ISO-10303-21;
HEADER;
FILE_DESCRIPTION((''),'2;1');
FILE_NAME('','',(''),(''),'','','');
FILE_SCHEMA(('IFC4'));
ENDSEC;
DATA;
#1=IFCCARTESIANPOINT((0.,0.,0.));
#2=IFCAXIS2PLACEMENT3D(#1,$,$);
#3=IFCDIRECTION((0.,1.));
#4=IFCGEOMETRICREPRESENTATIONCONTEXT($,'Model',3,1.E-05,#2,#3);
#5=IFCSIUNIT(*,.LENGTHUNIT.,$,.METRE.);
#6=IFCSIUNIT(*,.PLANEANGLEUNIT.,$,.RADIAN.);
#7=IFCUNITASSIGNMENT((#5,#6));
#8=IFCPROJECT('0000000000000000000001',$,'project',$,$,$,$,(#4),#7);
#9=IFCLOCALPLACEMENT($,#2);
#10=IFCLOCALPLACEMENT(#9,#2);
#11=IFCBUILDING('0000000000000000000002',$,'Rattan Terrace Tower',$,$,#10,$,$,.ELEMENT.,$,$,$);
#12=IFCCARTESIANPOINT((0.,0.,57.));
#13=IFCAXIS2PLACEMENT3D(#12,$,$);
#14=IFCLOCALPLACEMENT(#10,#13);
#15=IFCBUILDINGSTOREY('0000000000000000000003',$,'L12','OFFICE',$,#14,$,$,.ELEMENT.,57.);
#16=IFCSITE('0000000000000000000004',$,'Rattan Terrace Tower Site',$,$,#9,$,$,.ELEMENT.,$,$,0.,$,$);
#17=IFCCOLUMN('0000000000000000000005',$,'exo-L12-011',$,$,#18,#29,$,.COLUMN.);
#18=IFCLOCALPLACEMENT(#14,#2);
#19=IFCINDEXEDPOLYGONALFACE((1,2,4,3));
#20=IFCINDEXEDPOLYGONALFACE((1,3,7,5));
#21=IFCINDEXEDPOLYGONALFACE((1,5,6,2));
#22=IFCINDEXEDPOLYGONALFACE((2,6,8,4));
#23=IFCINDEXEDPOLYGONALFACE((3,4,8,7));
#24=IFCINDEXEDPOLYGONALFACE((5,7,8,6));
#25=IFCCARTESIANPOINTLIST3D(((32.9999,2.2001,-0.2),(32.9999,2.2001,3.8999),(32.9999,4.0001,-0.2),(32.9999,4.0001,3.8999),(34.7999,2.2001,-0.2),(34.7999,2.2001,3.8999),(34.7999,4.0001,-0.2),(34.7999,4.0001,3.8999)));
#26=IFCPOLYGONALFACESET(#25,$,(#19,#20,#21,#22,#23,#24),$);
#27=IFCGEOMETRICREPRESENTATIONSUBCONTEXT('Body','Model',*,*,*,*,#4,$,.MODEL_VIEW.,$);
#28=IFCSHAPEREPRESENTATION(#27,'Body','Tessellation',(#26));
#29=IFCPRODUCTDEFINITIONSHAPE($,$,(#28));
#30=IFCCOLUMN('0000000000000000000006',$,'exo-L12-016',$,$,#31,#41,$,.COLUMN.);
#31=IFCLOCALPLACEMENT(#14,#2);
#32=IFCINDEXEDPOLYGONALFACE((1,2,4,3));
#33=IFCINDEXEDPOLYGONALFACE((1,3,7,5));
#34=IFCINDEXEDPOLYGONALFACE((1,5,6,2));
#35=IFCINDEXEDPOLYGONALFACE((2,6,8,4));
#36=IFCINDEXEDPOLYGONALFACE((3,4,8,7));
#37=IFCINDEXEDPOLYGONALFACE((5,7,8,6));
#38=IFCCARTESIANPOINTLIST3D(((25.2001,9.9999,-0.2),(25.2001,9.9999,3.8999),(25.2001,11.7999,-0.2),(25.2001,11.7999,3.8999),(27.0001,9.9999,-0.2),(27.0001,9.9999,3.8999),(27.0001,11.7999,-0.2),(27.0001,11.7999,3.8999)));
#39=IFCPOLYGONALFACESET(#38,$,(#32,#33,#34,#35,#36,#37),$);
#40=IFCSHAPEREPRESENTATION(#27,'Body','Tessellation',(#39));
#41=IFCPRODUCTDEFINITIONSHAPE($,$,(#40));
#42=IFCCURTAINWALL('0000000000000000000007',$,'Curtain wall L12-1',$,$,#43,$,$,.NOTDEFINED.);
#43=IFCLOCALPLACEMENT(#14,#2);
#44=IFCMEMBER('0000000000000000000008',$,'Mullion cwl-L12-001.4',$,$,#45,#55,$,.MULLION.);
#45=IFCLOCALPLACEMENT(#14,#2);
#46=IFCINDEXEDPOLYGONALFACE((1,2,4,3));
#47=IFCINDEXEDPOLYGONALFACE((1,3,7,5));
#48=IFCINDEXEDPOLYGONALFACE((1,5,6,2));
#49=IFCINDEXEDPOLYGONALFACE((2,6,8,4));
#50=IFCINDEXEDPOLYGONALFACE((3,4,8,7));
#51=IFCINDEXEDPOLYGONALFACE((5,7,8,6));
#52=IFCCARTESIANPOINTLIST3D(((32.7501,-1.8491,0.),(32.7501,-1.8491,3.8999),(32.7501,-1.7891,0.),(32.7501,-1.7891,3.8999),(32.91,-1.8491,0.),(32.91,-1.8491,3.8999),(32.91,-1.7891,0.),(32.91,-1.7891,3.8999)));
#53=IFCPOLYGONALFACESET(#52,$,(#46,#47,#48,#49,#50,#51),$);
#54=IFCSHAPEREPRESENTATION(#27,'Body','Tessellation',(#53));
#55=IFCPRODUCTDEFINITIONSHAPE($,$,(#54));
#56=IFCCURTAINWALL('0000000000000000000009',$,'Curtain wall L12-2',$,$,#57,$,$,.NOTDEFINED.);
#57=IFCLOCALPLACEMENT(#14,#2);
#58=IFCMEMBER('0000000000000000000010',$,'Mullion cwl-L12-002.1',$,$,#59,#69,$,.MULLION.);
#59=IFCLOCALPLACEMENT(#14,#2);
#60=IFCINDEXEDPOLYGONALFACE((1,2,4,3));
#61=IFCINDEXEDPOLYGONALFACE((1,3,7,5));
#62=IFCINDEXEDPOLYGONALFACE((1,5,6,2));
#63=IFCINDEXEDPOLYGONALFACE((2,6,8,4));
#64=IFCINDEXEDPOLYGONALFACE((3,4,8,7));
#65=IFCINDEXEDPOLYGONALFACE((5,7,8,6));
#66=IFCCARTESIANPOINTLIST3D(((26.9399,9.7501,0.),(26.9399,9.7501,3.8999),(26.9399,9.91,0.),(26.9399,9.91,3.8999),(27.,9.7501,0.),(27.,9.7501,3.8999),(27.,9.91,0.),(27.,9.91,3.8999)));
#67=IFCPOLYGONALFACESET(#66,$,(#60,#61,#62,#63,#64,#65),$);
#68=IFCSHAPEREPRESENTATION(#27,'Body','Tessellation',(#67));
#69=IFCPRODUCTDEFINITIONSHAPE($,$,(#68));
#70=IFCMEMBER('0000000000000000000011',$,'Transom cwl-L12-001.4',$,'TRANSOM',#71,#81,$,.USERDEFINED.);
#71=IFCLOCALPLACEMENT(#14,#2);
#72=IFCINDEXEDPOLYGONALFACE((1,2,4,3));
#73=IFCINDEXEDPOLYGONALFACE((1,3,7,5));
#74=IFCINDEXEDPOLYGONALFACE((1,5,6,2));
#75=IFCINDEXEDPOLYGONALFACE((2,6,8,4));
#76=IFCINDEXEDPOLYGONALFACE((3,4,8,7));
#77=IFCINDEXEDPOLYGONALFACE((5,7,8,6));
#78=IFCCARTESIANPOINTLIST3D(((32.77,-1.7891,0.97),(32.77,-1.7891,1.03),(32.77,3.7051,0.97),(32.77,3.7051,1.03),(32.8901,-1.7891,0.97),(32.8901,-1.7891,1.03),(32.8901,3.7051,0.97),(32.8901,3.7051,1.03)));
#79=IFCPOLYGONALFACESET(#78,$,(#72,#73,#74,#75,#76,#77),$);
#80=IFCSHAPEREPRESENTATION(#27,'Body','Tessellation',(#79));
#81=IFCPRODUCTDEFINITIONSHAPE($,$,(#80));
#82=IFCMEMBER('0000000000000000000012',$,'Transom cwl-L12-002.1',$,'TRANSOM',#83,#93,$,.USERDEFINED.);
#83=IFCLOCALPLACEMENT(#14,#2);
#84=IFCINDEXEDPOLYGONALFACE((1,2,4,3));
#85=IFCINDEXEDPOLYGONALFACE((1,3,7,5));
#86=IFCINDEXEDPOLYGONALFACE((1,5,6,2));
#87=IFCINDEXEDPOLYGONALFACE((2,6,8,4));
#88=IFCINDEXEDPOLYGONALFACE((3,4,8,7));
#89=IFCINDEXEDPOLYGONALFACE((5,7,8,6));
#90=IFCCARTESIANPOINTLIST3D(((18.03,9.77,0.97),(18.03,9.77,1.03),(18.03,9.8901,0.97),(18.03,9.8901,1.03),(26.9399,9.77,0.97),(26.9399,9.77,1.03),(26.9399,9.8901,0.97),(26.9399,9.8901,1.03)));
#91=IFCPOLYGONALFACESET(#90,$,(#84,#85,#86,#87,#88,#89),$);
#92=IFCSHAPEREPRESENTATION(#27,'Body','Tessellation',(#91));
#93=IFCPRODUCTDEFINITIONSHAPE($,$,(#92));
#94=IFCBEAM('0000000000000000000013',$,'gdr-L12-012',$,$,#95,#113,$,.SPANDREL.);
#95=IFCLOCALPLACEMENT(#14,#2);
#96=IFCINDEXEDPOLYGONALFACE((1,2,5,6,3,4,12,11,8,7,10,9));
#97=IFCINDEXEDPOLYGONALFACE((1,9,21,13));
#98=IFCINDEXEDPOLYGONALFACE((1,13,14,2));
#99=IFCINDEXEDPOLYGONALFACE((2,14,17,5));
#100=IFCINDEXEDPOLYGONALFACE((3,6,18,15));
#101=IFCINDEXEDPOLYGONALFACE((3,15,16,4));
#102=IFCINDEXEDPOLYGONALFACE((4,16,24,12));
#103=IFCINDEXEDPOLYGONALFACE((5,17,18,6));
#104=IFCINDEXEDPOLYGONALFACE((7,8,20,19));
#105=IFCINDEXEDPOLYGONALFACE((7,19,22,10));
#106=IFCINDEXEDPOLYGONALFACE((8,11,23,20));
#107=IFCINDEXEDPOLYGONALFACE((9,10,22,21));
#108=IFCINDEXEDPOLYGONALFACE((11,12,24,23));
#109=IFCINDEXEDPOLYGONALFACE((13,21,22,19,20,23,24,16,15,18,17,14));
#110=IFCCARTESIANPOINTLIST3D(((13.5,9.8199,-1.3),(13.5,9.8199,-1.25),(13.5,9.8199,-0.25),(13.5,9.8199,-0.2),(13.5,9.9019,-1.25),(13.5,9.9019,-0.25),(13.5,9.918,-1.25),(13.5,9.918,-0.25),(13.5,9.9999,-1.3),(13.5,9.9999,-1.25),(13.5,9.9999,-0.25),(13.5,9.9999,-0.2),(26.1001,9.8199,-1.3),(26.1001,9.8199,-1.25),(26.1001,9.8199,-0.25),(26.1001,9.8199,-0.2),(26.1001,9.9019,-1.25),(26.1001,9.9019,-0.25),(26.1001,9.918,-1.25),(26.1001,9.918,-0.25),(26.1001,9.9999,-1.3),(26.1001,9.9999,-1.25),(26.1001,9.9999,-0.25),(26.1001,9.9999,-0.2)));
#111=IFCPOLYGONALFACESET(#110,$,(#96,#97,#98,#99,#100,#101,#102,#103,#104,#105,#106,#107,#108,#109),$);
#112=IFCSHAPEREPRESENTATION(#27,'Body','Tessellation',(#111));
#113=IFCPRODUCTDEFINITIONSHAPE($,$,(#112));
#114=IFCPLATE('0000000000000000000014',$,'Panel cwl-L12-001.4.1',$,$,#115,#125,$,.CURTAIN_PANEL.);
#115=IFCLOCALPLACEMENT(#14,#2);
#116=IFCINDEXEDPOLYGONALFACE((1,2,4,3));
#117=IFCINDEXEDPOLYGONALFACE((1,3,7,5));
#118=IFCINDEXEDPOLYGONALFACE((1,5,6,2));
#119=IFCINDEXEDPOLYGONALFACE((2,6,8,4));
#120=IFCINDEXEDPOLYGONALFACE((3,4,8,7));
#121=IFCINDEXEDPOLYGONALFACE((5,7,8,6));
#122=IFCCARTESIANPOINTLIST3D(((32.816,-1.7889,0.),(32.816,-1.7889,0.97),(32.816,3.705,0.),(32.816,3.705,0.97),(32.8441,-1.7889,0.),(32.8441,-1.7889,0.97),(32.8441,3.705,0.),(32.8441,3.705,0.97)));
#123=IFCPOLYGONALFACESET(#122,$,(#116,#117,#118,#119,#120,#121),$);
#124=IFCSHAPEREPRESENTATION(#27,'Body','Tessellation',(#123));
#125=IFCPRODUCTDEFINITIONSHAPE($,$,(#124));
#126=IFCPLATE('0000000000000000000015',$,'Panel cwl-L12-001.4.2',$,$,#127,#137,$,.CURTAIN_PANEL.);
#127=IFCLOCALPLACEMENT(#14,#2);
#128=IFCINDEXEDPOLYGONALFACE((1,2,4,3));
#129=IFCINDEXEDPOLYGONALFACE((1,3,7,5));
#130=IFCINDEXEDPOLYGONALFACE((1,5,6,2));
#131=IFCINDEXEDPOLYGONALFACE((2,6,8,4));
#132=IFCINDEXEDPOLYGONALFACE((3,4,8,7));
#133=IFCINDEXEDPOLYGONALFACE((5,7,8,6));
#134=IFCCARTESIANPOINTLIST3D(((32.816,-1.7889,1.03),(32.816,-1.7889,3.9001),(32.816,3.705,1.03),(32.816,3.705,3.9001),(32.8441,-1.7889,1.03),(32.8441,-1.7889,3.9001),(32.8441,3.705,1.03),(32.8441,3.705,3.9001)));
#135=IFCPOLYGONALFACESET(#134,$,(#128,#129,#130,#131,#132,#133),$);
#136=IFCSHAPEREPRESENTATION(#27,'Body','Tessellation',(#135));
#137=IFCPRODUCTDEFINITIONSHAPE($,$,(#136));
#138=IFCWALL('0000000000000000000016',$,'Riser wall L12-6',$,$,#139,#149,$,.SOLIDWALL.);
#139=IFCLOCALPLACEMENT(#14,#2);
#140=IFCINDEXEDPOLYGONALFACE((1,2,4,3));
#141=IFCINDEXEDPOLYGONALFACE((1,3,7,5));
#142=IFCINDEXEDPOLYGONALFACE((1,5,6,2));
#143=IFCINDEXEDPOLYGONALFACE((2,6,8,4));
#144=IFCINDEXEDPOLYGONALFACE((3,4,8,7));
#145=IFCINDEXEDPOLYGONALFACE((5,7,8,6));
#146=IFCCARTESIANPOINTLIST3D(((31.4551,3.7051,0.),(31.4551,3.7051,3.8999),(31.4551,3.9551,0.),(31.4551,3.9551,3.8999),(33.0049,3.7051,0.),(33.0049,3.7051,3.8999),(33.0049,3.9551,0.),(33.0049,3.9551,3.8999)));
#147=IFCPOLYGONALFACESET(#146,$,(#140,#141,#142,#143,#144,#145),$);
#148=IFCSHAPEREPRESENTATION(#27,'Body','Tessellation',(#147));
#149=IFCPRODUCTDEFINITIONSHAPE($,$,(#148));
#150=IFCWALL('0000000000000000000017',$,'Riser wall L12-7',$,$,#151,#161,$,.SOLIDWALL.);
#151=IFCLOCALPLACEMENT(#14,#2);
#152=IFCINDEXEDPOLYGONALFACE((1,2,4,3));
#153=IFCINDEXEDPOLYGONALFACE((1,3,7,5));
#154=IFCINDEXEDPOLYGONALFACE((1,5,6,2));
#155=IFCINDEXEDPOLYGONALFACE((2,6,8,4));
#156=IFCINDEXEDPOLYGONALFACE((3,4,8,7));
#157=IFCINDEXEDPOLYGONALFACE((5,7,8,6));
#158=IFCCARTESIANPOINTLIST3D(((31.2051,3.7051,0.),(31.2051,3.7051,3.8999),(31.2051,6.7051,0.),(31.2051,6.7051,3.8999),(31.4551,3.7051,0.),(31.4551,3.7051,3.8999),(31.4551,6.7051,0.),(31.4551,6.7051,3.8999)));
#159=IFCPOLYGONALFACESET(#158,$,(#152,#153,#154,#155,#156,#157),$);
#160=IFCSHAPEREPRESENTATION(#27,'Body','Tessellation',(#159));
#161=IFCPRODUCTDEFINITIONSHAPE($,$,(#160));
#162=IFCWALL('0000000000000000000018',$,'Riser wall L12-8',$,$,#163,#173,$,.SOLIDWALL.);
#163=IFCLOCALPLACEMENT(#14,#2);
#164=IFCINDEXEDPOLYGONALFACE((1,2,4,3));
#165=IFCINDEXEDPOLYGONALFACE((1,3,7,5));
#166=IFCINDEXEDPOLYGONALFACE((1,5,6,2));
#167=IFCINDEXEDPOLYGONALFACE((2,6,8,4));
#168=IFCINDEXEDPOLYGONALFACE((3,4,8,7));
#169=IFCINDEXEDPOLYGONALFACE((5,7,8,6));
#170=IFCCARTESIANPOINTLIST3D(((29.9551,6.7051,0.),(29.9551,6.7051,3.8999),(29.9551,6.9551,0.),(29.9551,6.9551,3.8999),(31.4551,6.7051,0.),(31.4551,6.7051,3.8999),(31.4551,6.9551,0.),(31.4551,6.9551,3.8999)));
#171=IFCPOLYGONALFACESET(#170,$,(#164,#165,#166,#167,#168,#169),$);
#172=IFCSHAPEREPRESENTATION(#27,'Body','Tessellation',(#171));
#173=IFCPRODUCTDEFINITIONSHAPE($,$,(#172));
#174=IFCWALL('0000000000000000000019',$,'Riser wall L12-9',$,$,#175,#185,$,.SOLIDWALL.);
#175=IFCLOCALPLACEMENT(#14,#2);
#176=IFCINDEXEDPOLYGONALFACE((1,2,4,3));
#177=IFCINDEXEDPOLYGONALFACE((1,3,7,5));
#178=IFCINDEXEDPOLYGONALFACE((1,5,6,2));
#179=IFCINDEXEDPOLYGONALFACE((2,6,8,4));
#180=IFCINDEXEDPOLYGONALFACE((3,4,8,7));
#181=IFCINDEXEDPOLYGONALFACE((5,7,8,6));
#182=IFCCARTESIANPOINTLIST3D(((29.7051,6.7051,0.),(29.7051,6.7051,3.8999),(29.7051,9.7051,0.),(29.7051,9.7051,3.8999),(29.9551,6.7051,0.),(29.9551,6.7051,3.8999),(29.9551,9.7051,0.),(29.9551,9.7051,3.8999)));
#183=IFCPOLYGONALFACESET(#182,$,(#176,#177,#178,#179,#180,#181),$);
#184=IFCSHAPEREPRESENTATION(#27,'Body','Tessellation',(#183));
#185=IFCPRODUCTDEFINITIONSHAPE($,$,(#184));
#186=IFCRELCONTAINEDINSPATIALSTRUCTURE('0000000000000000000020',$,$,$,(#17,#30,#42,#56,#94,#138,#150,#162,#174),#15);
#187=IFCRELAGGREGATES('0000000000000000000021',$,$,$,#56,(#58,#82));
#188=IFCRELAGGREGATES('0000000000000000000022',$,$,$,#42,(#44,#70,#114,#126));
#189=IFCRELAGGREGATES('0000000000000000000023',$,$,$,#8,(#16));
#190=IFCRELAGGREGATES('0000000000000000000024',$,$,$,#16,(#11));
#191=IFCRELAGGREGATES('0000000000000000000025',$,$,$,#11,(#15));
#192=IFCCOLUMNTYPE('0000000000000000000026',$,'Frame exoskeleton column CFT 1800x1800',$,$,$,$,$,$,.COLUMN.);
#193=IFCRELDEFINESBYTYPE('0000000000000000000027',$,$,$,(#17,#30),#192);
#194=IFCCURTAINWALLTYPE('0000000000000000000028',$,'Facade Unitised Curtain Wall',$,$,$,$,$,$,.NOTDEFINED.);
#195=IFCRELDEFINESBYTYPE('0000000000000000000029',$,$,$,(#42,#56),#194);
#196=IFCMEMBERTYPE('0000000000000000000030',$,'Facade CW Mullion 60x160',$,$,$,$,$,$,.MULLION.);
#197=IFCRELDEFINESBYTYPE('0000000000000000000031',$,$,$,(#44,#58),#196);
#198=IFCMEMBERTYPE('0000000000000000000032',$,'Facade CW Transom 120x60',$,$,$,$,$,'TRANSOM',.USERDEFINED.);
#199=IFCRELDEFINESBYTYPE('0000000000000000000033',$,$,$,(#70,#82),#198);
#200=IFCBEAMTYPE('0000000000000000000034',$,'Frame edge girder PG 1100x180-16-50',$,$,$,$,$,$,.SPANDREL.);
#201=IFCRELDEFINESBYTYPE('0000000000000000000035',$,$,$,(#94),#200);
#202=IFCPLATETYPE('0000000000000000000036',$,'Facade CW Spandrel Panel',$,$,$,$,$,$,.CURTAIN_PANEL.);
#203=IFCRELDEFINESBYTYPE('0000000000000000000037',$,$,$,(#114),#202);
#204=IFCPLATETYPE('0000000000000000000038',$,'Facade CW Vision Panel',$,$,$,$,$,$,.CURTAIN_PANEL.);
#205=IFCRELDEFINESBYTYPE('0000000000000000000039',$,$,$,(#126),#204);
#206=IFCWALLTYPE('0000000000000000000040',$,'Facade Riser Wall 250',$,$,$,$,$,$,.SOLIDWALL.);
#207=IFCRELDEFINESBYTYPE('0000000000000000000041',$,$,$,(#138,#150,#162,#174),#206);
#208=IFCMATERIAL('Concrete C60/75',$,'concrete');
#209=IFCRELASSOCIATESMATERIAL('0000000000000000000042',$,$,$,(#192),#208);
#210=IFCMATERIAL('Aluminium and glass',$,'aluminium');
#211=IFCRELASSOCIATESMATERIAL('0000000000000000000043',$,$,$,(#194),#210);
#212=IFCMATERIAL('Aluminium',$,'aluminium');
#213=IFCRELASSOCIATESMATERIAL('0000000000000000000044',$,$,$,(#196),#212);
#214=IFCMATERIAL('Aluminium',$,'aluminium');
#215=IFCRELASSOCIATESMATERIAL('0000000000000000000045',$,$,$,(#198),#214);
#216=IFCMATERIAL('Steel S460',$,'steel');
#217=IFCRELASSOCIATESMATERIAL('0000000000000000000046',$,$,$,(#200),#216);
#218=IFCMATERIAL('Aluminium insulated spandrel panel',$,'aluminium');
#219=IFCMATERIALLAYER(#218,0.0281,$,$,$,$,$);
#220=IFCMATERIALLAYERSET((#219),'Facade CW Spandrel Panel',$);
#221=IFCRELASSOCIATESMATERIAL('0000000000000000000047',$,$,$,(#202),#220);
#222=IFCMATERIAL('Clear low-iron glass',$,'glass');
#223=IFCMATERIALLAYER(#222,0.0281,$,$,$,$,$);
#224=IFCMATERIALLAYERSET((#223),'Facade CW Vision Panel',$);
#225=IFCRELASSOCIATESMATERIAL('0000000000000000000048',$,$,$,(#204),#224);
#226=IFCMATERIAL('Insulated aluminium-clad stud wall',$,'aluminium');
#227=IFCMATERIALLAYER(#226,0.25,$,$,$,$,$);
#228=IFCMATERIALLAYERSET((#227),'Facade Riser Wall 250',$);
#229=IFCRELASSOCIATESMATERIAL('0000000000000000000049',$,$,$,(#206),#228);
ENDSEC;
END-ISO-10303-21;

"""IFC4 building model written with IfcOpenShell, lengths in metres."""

from ifc_helpers import new_model, si_unit, direction, frame, frame_2d, origin, origin_2d, place, context, subcontext, project, spatial, rectangle, i_section, extrude, material, layer, layer_set, material_profile, profile_set, type_object, element, aggregate, save


model = new_model("IFC4")

# Units and contexts
model_context = context("Model", 3, precision=1e-05, world=origin(), true_north=direction((0.0, 1.0)))
body_context = subcontext(model_context, "Body", "Model", "MODEL_VIEW")
ifc_project = project(units=[si_unit("LENGTHUNIT", "METRE"), si_unit("PLANEANGLEUNIT", "RADIAN")], contexts=[model_context])

# Site, building, storey
site_placement = place(None, origin())
site = spatial("IfcSite", under=ifc_project, at=site_placement, Name="Rattan Terrace Tower Site", CompositionType="ELEMENT", RefElevation=0.0)
building_placement = place(site_placement, origin())
building = spatial("IfcBuilding", under=site, at=building_placement, Name="Rattan Terrace Tower", CompositionType="ELEMENT")
storey_placement = place(building_placement, frame((0.0, 0.0, 57.0)))
storey = spatial("IfcBuildingStorey", under=building, at=storey_placement, Name="L12", Description="OFFICE", CompositionType="ELEMENT", Elevation=57.0)

# Columns
ifc_material_1 = material(Name="Concrete C60/75", Category="concrete")
ifc_material_profile_1 = material_profile(ifc_material_1, rectangle(XDim=1.8, YDim=1.8, at=origin_2d()), Name="CFT 1800x1800")
ifc_profile_set_1 = profile_set([ifc_material_profile_1], Name="Concrete C60/75")
column_type = type_object("IfcColumnType", Name="Frame exoskeleton column CFT 1800x1800", PredefinedType="COLUMN", material=ifc_profile_set_1)
for number, where, z_axis, x_axis, name in (
    (1, (33.8999, 3.1001, -0.2), (0.0, 0.0, 1.0), (0.0, 1.0, 0.0), "exo-L12-011"),
    (2, (26.1001, 10.8999, -0.2), (0.0, 0.0, 1.0), (1.0, 0.0, 0.0), "exo-L12-016"),
):
    element("IfcColumn", number, at=place(storey_placement, frame(where, z_axis=z_axis, x_axis=x_axis)), inside=storey, type_object=column_type, Name=name, PredefinedType="COLUMN", context=body_context, shape_type="SweptSolid", body=[
        extrude(rectangle(XDim=1.8, YDim=1.8, at=origin_2d()), origin(), (0.0, 0.0, 1.0), 4.0999),
    ])

# Curtain walls, members
ifc_material_2 = material(Name="Aluminium and glass", Category="aluminium")
curtain_wall_type = type_object("IfcCurtainWallType", Name="Facade Unitised Curtain Wall", PredefinedType="NOTDEFINED", material=ifc_material_2)
curtain_wall_1_placement = place(storey_placement, origin())
curtain_wall_1 = element("IfcCurtainWall", 3, at=curtain_wall_1_placement, inside=storey, type_object=curtain_wall_type, Name="Curtain wall L12-1", PredefinedType="NOTDEFINED")
ifc_material_3 = material(Name="Aluminium", Category="aluminium")
ifc_material_profile_2 = material_profile(ifc_material_3, rectangle(XDim=0.0601, YDim=0.1599, at=origin_2d()), Name="Aluminium 60x160")
ifc_profile_set_2 = profile_set([ifc_material_profile_2], Name="Aluminium")
member_type_1 = type_object("IfcMemberType", Name="Facade CW Mullion 60x160", PredefinedType="MULLION", material=ifc_profile_set_2)
member_1_placement = place(storey_placement, frame((32.8301, -1.8191, 0.0), z_axis=(0.0, 0.0, 1.0), x_axis=(0.0, 1.0, 0.0)))
member_1 = element("IfcMember", 4, at=member_1_placement, type_object=member_type_1, Name="Mullion cwl-L12-001.4", PredefinedType="MULLION", context=body_context, shape_type="SweptSolid", body=[
    extrude(rectangle(XDim=0.0601, YDim=0.1599, at=origin_2d()), origin(), (0.0, 0.0, 1.0), 3.8999),
])
curtain_wall_2_placement = place(storey_placement, origin())
curtain_wall_2 = element("IfcCurtainWall", 5, at=curtain_wall_2_placement, inside=storey, type_object=curtain_wall_type, Name="Curtain wall L12-2", PredefinedType="NOTDEFINED")
member_2_placement = place(storey_placement, frame((26.97, 9.8301, 0.0), z_axis=(0.0, 0.0, 1.0), x_axis=(-1.0, 0.0, 0.0)))
member_2 = element("IfcMember", 6, at=member_2_placement, type_object=member_type_1, Name="Mullion cwl-L12-002.1", PredefinedType="MULLION", context=body_context, shape_type="SweptSolid", body=[
    extrude(rectangle(XDim=0.0601, YDim=0.1599, at=origin_2d()), origin(), (0.0, 0.0, 1.0), 3.8999),
])

# Members
ifc_material_4 = material(Name="Aluminium", Category="aluminium")
ifc_material_profile_3 = material_profile(ifc_material_4, rectangle(XDim=0.1201, YDim=0.0601, at=origin_2d()), Name="Aluminium 120x60")
ifc_profile_set_3 = profile_set([ifc_material_profile_3], Name="Aluminium")
member_type_2 = type_object("IfcMemberType", Name="Facade CW Transom 120x60", ElementType="TRANSOM", PredefinedType="USERDEFINED", material=ifc_profile_set_3)
member_3_placement = place(storey_placement, frame((32.8301, -1.7891, 1.0), z_axis=(0.0, 1.0, 0.0), x_axis=(-1.0, 0.0, 0.0)))
member_3 = element("IfcMember", 7, at=member_3_placement, type_object=member_type_2, Name="Transom cwl-L12-001.4", ObjectType="TRANSOM", PredefinedType="USERDEFINED", context=body_context, shape_type="SweptSolid", body=[
    extrude(rectangle(XDim=0.1201, YDim=0.0601, at=origin_2d()), origin(), (0.0, 0.0, 1.0), 5.4941),
])
member_4_placement = place(storey_placement, frame((26.9399, 9.8301, 1.0), z_axis=(-1.0, 0.0, 0.0), x_axis=(0.0, -1.0, 0.0)))
member_4 = element("IfcMember", 8, at=member_4_placement, type_object=member_type_2, Name="Transom cwl-L12-002.1", ObjectType="TRANSOM", PredefinedType="USERDEFINED", context=body_context, shape_type="SweptSolid", body=[
    extrude(rectangle(XDim=0.1201, YDim=0.0601, at=origin_2d()), origin(), (0.0, 0.0, 1.0), 8.9099),
])
aggregate(curtain_wall_2, [member_2, member_4])

# Beam
ifc_material_5 = material(Name="Steel S460", Category="steel")
ifc_material_profile_4 = material_profile(ifc_material_5, i_section(OverallWidth=0.1799, OverallDepth=1.1001, WebThickness=0.0161, FlangeThickness=0.05, at=origin_2d()), Name="PG 1100x180-16-50")
ifc_profile_set_4 = profile_set([ifc_material_profile_4], Name="Steel S460")
beam_type = type_object("IfcBeamType", Name="Frame edge girder PG 1100x180-16-50", PredefinedType="SPANDREL", material=ifc_profile_set_4)
beam_placement = place(storey_placement, frame((26.1001, 9.9099, -0.75), z_axis=(-1.0, 0.0, 0.0), x_axis=(0.0, -1.0, 0.0)))
element("IfcBeam", 9, at=beam_placement, inside=storey, type_object=beam_type, Name="gdr-L12-012", PredefinedType="SPANDREL", context=body_context, shape_type="SweptSolid", body=[
    extrude(i_section(OverallWidth=0.1799, OverallDepth=1.1001, WebThickness=0.0161, FlangeThickness=0.05, at=origin_2d()), origin(), (0.0, 0.0, 1.0), 12.6001),
])

# Plates
ifc_material_6 = material(Name="Aluminium insulated spandrel panel", Category="aluminium")
ifc_layer_1 = layer(ifc_material_6, 0.0281)
ifc_layer_set_1 = layer_set([ifc_layer_1], Name="Facade CW Spandrel Panel")
plate_type_1 = type_object("IfcPlateType", Name="Facade CW Spandrel Panel", PredefinedType="CURTAIN_PANEL", material=ifc_layer_set_1)
plate_1_placement = place(storey_placement, frame((32.8301, 0.958, 0.0), z_axis=(0.0, 0.0, 1.0), x_axis=(0.0, 1.0, 0.0)))
plate_1 = element("IfcPlate", 10, at=plate_1_placement, type_object=plate_type_1, Name="Panel cwl-L12-001.4.1", PredefinedType="CURTAIN_PANEL", context=body_context, shape_type="SweptSolid", body=[
    extrude(rectangle(XDim=5.4939, YDim=0.0281, at=origin_2d()), origin(), (0.0, 0.0, 1.0), 0.97),
])
ifc_material_7 = material(Name="Clear low-iron glass", Category="glass")
ifc_layer_2 = layer(ifc_material_7, 0.0281)
ifc_layer_set_2 = layer_set([ifc_layer_2], Name="Facade CW Vision Panel")
plate_type_2 = type_object("IfcPlateType", Name="Facade CW Vision Panel", PredefinedType="CURTAIN_PANEL", material=ifc_layer_set_2)
plate_2_placement = place(storey_placement, frame((32.8301, 0.958, 1.03), z_axis=(0.0, 0.0, 1.0), x_axis=(0.0, 1.0, 0.0)))
plate_2 = element("IfcPlate", 11, at=plate_2_placement, type_object=plate_type_2, Name="Panel cwl-L12-001.4.2", PredefinedType="CURTAIN_PANEL", context=body_context, shape_type="SweptSolid", body=[
    extrude(rectangle(XDim=5.4939, YDim=0.0281, at=origin_2d()), origin(), (0.0, 0.0, 1.0), 2.8701),
])
aggregate(curtain_wall_1, [member_1, member_3, plate_1, plate_2])

# Walls
ifc_material_8 = material(Name="Insulated aluminium-clad stud wall", Category="aluminium")
ifc_layer_3 = layer(ifc_material_8, 0.25)
ifc_layer_set_3 = layer_set([ifc_layer_3], Name="Facade Riser Wall 250")
wall_type_1 = type_object("IfcWallType", Name="Facade Riser Wall 250", PredefinedType="SOLIDWALL", material=ifc_layer_set_3)
wall_1_placement = place(storey_placement, frame((33.0049, 3.8301, 0.0), z_axis=(0.0, 0.0, 1.0), x_axis=(-1.0, 0.0, 0.0)))
element("IfcWall", 12, at=wall_1_placement, inside=storey, type_object=wall_type_1, Name="Riser wall L12-6", PredefinedType="SOLIDWALL", context=body_context, shape_type="SweptSolid", body=[
    extrude(rectangle(XDim=1.5498, YDim=0.25, at=frame_2d((0.7749, 0.0))), origin(), (0.0, 0.0, 1.0), 3.8999),
])
wall_2_placement = place(storey_placement, frame((31.3301, 3.7051, 0.0), z_axis=(0.0, 0.0, 1.0), x_axis=(0.0, 1.0, 0.0)))
element("IfcWall", 13, at=wall_2_placement, inside=storey, type_object=wall_type_1, Name="Riser wall L12-7", PredefinedType="SOLIDWALL", context=body_context, shape_type="SweptSolid", body=[
    extrude(rectangle(XDim=3.0, YDim=0.25, at=frame_2d((1.5, 0.0))), origin(), (0.0, 0.0, 1.0), 3.8999),
])
wall_3_placement = place(storey_placement, frame((31.4551, 6.8301, 0.0), z_axis=(0.0, 0.0, 1.0), x_axis=(-1.0, 0.0, 0.0)))
element("IfcWall", 14, at=wall_3_placement, inside=storey, type_object=wall_type_1, Name="Riser wall L12-8", PredefinedType="SOLIDWALL", context=body_context, shape_type="SweptSolid", body=[
    extrude(rectangle(XDim=1.5, YDim=0.25, at=frame_2d((0.75, 0.0))), origin(), (0.0, 0.0, 1.0), 3.8999),
])
wall_4_placement = place(storey_placement, frame((29.8301, 6.7051, 0.0), z_axis=(0.0, 0.0, 1.0), x_axis=(0.0, 1.0, 0.0)))
element("IfcWall", 15, at=wall_4_placement, inside=storey, type_object=wall_type_1, Name="Riser wall L12-9", PredefinedType="SOLIDWALL", context=body_context, shape_type="SweptSolid", body=[
    extrude(rectangle(XDim=3.0, YDim=0.25, at=frame_2d((1.5, 0.0))), origin(), (0.0, 0.0, 1.0), 3.8999),
])

save(model, "model.ifc")
